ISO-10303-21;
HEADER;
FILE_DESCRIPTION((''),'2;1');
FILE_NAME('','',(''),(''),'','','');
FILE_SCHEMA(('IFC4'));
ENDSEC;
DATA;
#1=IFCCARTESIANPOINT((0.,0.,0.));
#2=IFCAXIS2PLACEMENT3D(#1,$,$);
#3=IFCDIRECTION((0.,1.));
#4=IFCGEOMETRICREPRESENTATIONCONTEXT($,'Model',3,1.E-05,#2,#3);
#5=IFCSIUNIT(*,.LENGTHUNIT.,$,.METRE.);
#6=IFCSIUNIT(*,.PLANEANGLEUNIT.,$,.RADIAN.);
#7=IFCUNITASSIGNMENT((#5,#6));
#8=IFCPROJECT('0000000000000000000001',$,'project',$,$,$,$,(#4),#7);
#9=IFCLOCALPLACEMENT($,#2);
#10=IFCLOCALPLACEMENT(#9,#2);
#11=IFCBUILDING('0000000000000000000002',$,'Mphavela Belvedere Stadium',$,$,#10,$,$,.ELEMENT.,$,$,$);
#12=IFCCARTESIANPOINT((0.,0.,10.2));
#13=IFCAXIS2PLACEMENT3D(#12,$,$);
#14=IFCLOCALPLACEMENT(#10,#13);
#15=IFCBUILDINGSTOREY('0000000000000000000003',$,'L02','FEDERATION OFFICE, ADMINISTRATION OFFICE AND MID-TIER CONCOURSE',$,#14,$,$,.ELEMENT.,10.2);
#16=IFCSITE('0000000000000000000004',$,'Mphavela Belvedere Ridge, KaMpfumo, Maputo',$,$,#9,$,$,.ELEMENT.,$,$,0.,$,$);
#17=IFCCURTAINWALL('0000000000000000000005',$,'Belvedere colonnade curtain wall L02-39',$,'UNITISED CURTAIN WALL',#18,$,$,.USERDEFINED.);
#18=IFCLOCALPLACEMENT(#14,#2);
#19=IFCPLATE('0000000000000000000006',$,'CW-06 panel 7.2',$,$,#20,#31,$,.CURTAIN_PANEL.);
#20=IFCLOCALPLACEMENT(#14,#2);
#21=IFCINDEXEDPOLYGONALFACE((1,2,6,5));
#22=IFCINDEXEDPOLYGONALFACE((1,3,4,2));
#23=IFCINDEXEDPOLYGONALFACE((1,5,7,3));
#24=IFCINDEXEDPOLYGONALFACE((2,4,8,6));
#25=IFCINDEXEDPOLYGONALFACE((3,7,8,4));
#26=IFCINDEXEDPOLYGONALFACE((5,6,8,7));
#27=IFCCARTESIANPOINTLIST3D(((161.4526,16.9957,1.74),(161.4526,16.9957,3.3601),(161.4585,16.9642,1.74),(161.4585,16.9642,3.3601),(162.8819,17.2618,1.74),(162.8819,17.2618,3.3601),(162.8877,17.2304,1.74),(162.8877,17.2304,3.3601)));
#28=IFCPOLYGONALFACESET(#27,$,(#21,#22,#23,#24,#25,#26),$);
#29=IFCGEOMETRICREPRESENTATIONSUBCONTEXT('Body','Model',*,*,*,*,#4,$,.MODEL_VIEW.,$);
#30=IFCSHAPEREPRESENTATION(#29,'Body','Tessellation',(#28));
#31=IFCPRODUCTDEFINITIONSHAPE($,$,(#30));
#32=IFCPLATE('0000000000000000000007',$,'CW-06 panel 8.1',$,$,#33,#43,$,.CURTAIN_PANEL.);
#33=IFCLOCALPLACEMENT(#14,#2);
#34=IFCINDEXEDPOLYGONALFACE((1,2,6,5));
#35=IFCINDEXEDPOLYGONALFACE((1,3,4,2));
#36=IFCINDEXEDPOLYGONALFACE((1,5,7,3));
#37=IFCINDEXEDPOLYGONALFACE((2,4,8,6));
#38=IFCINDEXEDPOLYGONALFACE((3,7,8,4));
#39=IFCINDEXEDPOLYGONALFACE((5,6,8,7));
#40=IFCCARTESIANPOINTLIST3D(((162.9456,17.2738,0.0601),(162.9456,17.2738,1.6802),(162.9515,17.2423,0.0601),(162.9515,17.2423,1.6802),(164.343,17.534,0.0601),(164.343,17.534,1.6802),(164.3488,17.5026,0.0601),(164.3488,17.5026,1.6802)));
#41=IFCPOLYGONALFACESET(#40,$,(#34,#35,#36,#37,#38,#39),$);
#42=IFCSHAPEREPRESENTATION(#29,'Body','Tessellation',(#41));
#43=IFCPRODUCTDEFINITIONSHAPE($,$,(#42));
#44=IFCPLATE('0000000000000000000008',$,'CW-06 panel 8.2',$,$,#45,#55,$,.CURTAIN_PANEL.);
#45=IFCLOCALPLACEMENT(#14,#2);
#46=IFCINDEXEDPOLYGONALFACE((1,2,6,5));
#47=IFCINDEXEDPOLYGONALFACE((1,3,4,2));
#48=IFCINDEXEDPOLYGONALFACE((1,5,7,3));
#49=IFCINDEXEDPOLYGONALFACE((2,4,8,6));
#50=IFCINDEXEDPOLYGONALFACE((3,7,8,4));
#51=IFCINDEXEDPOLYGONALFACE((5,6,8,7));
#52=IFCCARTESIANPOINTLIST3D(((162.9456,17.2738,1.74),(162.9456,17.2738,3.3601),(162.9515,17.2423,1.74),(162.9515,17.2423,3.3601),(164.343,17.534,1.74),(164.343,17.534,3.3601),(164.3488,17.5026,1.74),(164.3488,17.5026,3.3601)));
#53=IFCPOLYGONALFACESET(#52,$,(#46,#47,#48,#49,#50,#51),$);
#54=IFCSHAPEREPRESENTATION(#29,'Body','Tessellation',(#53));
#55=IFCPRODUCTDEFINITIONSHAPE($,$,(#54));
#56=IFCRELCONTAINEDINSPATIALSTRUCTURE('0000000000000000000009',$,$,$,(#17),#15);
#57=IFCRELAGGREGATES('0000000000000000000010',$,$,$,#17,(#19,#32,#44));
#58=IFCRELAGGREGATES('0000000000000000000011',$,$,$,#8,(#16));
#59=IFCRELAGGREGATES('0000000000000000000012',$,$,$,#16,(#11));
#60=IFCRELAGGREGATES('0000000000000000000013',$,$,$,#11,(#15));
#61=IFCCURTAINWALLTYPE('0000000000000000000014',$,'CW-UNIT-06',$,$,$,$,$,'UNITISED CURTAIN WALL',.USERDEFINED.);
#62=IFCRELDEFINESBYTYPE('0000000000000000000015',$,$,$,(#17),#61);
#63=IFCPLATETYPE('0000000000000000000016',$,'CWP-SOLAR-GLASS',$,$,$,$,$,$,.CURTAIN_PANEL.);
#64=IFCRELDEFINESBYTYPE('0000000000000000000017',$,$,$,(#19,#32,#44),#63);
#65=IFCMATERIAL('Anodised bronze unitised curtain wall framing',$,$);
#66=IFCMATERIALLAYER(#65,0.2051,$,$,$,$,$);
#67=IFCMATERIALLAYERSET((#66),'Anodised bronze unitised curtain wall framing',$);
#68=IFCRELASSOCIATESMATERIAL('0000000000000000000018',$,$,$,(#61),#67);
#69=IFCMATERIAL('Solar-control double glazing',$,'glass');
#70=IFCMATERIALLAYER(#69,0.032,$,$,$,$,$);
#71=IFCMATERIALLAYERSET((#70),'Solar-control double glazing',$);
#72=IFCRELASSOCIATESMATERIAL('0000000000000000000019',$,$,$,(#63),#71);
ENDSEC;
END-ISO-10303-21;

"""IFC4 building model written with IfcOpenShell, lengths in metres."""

from ifc_helpers import new_model, si_unit, direction, frame, origin, origin_2d, place, context, subcontext, project, spatial, rectangle, extrude, material, layer, layer_set, type_object, element, aggregate, save


model = new_model("IFC4")

# Units and contexts
model_context = context("Model", 3, precision=1e-05, world=origin(), true_north=direction((0.0, 1.0)))
body_context = subcontext(model_context, "Body", "Model", "MODEL_VIEW")
ifc_project = project(units=[si_unit("LENGTHUNIT", "METRE"), si_unit("PLANEANGLEUNIT", "RADIAN")], contexts=[model_context])

# Site, building, storey
site_placement = place(None, origin())
site = spatial("IfcSite", under=ifc_project, at=site_placement, Name="Mphavela Belvedere Ridge, KaMpfumo, Maputo", CompositionType="ELEMENT", RefElevation=0.0)
building_placement = place(site_placement, origin())
building = spatial("IfcBuilding", under=site, at=building_placement, Name="Mphavela Belvedere Stadium", CompositionType="ELEMENT")
storey_placement = place(building_placement, frame((0.0, 0.0, 10.2)))
storey = spatial("IfcBuildingStorey", under=building, at=storey_placement, Name="L02", Description="FEDERATION OFFICE, ADMINISTRATION OFFICE AND MID-TIER CONCOURSE", CompositionType="ELEMENT", Elevation=10.2)

# Curtain wall
ifc_material_1 = material(Name="Anodised bronze unitised curtain wall framing")
ifc_layer_1 = layer(ifc_material_1, 0.2051)
ifc_layer_set_1 = layer_set([ifc_layer_1], Name="Anodised bronze unitised curtain wall framing")
curtain_wall_type_1 = type_object("IfcCurtainWallType", Name="CW-UNIT-06", ElementType="UNITISED CURTAIN WALL", PredefinedType="USERDEFINED", material=ifc_layer_set_1)
curtain_wall_1_placement = place(storey_placement, origin())
curtain_wall_1 = element("IfcCurtainWall", 1, at=curtain_wall_1_placement, inside=storey, type_object=curtain_wall_type_1, Name="Belvedere colonnade curtain wall L02-39", ObjectType="UNITISED CURTAIN WALL", PredefinedType="USERDEFINED")

# Plates
ifc_material_2 = material(Name="Solar-control double glazing", Category="glass")
ifc_layer_2 = layer(ifc_material_2, 0.032)
ifc_layer_set_2 = layer_set([ifc_layer_2], Name="Solar-control double glazing")
plate_type = type_object("IfcPlateType", Name="CWP-SOLAR-GLASS", PredefinedType="CURTAIN_PANEL", material=ifc_layer_set_2)
plate_1_placement = place(storey_placement, frame((162.1702, 17.113, 1.74), z_axis=(0.0, 0.0, 1.0), x_axis=(0.983097, 0.183085, 0.0)))
plate_1 = element("IfcPlate", 2, at=plate_1_placement, type_object=plate_type, Name="CW-06 panel 7.2", PredefinedType="CURTAIN_PANEL", context=body_context, shape_type="SweptSolid", body=[
    extrude(rectangle(XDim=1.4539, YDim=0.032, at=origin_2d()), origin(), (0.0, 0.0, 1.0), 1.6201),
])
plate_2_placement = place(storey_placement, frame((163.6472, 17.3882, 0.0601), z_axis=(0.0, 0.0, 1.0), x_axis=(0.983097, 0.183085, 0.0)))
plate_2 = element("IfcPlate", 3, at=plate_2_placement, type_object=plate_type, Name="CW-06 panel 8.1", PredefinedType="CURTAIN_PANEL", context=body_context, shape_type="SweptSolid", body=[
    extrude(rectangle(XDim=1.4214, YDim=0.032, at=origin_2d()), origin(), (0.0, 0.0, 1.0), 1.6201),
])
plate_3_placement = place(storey_placement, frame((163.6472, 17.3882, 1.74), z_axis=(0.0, 0.0, 1.0), x_axis=(0.983097, 0.183085, 0.0)))
plate_3 = element("IfcPlate", 4, at=plate_3_placement, type_object=plate_type, Name="CW-06 panel 8.2", PredefinedType="CURTAIN_PANEL", context=body_context, shape_type="SweptSolid", body=[
    extrude(rectangle(XDim=1.4214, YDim=0.032, at=origin_2d()), origin(), (0.0, 0.0, 1.0), 1.6201),
])
aggregate(curtain_wall_1, [plate_1, plate_2, plate_3])

save(model, "model.ifc")
